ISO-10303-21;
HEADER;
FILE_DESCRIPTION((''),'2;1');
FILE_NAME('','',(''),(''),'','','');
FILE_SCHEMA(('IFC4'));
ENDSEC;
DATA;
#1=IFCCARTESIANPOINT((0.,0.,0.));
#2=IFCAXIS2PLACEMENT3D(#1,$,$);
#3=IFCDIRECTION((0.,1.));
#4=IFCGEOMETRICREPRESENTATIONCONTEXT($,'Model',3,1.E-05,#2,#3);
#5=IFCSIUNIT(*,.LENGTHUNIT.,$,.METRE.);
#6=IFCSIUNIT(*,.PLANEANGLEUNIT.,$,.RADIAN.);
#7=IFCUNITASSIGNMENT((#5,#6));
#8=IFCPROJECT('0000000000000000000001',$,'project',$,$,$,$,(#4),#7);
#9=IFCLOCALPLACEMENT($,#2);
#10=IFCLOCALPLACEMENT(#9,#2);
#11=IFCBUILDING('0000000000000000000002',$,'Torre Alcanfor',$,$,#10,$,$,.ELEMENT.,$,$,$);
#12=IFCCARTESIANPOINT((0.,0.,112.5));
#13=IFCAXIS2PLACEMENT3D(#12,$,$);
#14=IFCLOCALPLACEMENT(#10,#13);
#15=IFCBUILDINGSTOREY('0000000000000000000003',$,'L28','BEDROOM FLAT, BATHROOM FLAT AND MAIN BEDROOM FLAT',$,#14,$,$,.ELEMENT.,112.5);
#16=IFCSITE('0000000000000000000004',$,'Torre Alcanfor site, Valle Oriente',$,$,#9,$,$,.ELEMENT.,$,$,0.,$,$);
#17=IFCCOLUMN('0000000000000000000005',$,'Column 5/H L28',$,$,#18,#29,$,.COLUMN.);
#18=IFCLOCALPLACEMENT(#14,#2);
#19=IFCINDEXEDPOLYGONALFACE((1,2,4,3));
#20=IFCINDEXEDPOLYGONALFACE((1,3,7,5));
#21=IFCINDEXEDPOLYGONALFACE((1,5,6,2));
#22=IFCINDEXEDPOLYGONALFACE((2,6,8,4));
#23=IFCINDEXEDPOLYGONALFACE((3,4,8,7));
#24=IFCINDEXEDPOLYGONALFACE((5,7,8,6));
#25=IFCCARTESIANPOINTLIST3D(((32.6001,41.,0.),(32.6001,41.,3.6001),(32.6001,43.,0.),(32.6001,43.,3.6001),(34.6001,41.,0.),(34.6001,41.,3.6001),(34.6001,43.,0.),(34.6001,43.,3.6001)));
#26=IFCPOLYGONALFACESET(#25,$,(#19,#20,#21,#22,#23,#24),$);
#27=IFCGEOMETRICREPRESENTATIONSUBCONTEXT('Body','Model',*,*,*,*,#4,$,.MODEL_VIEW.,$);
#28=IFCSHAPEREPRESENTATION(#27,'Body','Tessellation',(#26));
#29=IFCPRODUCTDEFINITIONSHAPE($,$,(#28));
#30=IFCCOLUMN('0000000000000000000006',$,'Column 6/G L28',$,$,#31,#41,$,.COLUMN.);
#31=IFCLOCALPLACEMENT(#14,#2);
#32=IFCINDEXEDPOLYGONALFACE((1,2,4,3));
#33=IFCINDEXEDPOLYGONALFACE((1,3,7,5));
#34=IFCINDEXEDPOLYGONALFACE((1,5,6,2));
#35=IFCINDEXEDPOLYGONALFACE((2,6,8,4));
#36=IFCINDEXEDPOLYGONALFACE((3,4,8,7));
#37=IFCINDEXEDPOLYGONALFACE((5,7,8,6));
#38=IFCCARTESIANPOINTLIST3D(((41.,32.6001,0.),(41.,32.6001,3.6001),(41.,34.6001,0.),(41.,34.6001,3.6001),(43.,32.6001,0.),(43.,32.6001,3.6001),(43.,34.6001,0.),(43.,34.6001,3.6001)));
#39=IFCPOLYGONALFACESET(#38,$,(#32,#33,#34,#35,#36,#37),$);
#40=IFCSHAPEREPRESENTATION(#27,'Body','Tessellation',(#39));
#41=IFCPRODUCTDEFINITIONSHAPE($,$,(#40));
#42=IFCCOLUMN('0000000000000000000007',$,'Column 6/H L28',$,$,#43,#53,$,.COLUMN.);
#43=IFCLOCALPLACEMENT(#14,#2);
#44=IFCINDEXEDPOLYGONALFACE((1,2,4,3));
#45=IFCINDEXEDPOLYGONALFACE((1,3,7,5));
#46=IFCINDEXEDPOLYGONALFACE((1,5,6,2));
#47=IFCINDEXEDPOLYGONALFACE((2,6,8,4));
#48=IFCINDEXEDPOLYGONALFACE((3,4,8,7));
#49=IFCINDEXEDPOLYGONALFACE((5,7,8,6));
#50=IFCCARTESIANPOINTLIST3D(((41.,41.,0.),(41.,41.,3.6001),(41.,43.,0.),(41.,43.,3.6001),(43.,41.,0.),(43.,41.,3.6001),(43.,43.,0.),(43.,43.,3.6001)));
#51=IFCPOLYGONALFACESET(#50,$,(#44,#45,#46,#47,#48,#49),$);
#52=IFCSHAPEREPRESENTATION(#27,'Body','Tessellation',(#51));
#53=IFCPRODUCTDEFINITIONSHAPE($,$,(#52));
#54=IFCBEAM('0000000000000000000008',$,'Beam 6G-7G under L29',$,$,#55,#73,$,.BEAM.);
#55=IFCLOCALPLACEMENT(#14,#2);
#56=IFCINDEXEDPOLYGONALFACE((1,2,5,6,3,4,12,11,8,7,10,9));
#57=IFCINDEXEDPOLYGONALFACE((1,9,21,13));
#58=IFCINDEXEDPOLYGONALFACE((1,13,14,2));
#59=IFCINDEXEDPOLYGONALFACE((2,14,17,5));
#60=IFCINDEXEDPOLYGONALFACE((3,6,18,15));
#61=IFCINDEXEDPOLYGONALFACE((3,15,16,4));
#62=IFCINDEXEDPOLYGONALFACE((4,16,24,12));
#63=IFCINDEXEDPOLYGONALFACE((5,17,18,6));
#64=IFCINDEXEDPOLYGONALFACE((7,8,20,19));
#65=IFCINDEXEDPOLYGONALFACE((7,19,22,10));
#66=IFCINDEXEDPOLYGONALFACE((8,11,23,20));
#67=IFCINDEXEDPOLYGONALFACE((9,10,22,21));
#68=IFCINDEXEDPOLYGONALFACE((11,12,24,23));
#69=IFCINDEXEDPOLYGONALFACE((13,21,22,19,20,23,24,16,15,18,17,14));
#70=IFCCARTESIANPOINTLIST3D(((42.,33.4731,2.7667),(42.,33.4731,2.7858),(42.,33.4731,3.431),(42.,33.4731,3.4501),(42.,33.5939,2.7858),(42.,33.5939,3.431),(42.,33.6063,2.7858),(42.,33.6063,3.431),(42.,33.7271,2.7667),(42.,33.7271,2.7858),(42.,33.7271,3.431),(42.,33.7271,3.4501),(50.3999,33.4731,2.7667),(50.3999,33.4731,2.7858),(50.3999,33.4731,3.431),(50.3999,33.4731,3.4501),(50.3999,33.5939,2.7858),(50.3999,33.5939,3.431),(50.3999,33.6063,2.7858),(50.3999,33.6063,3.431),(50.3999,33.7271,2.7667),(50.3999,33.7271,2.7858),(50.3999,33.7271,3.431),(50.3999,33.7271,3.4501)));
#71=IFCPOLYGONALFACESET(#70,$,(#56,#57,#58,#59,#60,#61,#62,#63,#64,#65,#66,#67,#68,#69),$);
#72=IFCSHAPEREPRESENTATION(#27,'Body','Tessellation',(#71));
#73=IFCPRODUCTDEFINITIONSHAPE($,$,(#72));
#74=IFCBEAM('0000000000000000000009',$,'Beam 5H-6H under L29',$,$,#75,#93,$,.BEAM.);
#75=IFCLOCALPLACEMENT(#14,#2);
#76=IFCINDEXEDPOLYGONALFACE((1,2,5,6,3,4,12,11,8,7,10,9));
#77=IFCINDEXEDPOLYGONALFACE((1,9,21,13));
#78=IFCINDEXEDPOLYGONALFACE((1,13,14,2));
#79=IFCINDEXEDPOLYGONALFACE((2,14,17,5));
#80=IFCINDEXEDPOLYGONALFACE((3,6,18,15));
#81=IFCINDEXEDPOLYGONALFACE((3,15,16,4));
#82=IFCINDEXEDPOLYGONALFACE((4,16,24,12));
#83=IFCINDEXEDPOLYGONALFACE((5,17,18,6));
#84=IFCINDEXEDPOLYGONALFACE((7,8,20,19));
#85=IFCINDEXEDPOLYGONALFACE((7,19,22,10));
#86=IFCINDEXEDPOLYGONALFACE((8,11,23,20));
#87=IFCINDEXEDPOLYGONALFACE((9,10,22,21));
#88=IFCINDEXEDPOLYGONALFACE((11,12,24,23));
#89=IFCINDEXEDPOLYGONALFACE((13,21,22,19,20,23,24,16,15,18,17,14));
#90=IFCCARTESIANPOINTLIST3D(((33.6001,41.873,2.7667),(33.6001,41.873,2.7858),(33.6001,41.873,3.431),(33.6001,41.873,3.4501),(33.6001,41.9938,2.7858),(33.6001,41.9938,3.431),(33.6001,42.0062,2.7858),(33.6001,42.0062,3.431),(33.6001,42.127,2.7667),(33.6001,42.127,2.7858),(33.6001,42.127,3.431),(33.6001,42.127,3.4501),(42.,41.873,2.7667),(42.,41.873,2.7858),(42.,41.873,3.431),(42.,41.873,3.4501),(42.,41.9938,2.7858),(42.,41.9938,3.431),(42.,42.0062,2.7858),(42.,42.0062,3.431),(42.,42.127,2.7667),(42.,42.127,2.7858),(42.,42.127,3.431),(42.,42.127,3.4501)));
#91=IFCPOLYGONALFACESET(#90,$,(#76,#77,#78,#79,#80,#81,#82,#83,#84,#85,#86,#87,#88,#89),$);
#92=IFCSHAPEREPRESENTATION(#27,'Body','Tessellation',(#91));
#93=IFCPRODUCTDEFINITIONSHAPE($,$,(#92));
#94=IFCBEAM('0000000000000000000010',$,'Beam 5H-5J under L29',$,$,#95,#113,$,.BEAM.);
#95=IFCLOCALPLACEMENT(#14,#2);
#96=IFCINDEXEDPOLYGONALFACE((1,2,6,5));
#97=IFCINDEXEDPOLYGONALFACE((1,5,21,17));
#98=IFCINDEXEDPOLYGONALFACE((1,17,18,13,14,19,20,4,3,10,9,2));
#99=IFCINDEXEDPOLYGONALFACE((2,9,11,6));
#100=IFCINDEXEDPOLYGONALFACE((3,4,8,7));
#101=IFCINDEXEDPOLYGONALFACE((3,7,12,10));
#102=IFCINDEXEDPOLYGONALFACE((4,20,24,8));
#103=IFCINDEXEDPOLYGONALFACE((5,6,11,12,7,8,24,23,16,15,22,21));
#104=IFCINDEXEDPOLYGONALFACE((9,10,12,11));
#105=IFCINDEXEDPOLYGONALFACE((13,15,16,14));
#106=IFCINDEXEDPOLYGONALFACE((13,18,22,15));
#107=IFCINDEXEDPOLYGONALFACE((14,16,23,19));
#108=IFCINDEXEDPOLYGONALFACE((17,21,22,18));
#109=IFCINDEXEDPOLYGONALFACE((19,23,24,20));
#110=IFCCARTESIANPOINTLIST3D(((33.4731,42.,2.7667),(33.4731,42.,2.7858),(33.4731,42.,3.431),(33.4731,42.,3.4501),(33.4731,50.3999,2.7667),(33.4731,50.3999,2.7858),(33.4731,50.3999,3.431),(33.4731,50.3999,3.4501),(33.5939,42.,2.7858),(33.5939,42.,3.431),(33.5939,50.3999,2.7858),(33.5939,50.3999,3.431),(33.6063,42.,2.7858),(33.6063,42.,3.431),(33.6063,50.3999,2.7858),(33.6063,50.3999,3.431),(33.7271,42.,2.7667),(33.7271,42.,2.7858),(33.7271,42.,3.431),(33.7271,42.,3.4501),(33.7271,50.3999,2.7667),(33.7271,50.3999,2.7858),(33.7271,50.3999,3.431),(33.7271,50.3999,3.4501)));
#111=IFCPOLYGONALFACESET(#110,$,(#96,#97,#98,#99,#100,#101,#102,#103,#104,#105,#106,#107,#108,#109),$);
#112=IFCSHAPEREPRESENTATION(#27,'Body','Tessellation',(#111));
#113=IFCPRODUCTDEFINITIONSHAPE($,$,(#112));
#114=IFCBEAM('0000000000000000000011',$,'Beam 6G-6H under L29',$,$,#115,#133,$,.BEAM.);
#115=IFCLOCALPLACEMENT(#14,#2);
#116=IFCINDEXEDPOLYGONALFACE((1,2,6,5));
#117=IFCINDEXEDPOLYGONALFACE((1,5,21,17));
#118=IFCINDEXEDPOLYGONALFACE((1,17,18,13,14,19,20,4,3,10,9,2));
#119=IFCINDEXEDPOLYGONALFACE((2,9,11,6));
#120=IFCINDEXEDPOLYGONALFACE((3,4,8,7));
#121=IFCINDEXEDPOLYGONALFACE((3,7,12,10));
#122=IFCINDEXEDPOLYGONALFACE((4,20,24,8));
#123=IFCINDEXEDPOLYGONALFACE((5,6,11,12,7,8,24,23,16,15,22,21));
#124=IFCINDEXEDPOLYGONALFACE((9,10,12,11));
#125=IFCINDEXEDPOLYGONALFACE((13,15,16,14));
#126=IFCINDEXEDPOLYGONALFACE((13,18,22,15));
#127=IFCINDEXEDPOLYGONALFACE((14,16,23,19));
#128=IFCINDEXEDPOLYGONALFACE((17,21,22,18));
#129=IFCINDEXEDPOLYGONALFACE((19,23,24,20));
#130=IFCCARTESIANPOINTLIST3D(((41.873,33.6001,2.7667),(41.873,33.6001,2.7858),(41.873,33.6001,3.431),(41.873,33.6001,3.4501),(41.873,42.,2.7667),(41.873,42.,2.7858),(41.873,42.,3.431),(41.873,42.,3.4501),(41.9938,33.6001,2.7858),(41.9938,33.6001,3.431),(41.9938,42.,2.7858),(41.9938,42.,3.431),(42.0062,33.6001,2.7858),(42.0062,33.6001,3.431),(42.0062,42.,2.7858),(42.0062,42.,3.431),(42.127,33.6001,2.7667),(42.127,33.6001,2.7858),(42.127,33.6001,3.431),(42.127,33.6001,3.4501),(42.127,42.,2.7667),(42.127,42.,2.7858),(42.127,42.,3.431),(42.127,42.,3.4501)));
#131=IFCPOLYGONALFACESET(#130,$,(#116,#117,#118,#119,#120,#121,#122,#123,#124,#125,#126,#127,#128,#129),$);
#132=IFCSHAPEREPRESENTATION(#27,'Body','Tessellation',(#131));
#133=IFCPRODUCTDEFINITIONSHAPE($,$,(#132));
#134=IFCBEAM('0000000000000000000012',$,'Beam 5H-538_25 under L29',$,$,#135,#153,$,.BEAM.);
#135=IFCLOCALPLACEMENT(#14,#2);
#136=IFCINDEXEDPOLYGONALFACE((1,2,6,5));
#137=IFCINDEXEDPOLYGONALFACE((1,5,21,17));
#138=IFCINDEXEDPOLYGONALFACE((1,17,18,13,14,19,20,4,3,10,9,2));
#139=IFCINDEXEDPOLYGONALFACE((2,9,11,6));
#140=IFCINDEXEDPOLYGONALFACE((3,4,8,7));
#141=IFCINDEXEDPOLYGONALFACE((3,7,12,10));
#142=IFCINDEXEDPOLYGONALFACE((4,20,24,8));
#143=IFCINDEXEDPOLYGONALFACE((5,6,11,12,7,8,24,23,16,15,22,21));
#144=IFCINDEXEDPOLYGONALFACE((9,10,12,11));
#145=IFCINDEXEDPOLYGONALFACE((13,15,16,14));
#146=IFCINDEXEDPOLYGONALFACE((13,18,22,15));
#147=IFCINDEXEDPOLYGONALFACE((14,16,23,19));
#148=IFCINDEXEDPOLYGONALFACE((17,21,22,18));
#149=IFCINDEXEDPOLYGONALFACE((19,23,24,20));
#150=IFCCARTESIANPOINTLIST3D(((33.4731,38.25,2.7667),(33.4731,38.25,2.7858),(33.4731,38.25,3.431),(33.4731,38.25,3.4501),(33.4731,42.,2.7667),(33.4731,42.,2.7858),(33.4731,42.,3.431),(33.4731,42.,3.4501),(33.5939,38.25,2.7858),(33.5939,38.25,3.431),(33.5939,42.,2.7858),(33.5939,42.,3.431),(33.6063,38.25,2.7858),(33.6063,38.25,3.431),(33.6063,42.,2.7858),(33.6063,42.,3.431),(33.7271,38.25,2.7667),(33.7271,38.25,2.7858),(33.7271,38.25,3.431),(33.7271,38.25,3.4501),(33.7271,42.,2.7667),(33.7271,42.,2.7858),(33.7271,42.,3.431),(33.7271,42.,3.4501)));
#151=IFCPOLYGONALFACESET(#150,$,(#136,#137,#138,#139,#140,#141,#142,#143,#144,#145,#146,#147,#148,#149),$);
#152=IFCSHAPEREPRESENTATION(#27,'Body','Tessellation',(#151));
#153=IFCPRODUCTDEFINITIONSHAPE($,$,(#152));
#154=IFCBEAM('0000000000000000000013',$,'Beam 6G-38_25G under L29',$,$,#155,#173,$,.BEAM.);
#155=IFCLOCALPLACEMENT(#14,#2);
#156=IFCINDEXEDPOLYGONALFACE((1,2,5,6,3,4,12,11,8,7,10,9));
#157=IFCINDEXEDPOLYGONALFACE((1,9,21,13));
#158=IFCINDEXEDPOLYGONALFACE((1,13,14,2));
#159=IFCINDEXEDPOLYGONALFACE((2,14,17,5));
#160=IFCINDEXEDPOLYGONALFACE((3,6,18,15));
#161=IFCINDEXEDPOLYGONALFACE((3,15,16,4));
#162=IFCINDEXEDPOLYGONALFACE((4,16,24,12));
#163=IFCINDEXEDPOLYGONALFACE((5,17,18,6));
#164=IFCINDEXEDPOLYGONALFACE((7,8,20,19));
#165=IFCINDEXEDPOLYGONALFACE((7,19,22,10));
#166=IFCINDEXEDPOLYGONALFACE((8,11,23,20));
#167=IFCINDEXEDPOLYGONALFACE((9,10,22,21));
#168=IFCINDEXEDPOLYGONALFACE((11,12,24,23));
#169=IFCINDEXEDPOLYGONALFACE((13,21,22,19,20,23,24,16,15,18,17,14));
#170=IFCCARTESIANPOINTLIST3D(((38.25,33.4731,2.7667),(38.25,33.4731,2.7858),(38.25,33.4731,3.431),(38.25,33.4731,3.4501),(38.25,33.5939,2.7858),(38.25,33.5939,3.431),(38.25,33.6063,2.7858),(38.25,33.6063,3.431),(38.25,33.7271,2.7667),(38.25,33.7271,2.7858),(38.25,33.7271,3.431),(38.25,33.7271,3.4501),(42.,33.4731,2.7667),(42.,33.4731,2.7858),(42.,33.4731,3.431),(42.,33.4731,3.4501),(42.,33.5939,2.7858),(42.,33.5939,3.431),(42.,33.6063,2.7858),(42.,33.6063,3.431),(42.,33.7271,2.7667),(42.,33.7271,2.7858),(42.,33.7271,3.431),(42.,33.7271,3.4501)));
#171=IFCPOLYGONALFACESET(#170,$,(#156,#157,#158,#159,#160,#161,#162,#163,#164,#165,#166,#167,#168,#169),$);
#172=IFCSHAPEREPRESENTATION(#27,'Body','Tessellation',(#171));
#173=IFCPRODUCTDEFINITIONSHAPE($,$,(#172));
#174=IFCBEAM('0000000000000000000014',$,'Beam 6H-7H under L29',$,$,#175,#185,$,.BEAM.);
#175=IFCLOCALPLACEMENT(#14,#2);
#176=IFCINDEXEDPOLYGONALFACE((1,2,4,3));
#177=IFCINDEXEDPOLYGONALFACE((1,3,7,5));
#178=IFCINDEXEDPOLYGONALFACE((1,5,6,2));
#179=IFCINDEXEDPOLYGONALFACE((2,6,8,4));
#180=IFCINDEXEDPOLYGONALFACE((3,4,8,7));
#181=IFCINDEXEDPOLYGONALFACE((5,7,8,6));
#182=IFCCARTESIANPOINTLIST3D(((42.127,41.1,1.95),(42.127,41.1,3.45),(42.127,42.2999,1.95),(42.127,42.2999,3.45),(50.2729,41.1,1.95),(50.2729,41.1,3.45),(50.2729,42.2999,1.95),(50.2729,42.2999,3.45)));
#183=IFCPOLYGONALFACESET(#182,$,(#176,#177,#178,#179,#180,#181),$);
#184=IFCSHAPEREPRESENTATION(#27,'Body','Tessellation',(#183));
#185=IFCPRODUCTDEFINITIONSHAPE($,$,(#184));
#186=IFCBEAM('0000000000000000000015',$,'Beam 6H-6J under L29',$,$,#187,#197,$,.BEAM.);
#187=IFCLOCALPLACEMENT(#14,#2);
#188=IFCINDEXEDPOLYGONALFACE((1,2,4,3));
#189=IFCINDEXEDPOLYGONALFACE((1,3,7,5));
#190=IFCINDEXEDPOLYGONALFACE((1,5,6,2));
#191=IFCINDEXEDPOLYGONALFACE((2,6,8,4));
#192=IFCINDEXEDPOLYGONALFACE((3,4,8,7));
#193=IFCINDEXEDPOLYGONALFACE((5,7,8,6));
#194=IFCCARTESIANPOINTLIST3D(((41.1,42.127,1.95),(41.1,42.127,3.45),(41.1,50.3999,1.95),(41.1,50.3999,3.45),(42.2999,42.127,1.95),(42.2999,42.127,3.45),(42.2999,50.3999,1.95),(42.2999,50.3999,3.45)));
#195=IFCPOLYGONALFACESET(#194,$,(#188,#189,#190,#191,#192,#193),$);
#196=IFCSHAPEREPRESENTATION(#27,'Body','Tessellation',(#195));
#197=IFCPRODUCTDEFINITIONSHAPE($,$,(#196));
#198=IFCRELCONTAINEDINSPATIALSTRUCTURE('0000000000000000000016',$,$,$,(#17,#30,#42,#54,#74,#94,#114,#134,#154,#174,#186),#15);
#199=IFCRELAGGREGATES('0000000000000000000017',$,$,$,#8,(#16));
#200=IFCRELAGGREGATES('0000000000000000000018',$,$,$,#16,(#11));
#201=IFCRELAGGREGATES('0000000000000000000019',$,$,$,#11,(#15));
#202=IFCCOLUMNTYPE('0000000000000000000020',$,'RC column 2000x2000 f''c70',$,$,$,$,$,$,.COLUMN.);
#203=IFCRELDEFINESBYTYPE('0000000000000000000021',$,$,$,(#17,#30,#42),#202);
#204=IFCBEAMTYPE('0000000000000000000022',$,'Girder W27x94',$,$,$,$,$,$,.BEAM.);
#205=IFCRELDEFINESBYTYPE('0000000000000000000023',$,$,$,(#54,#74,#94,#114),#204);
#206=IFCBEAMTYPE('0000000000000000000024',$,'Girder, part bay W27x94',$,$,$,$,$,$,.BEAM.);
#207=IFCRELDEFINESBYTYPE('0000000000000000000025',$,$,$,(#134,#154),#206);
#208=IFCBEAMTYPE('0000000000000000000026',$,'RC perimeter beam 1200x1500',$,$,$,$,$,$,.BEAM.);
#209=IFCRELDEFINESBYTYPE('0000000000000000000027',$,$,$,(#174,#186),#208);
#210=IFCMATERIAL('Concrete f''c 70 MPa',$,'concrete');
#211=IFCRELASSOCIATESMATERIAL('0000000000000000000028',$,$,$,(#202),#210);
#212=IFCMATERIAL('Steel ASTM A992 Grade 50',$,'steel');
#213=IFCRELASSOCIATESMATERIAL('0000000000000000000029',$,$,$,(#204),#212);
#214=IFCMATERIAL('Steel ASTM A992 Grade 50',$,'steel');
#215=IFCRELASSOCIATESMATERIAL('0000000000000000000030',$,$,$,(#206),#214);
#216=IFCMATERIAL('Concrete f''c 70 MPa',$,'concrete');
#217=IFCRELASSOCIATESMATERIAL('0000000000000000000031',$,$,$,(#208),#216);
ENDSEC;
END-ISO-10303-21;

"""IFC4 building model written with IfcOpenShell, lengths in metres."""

from ifc_helpers import new_model, si_unit, direction, frame, origin, origin_2d, place, context, subcontext, project, spatial, rectangle, i_section, extrude, material, material_profile, profile_set, type_object, element, save


model = new_model("IFC4")

# Units and contexts
model_context = context("Model", 3, precision=1e-05, world=origin(), true_north=direction((0.0, 1.0)))
body_context = subcontext(model_context, "Body", "Model", "MODEL_VIEW")
ifc_project = project(units=[si_unit("LENGTHUNIT", "METRE"), si_unit("PLANEANGLEUNIT", "RADIAN")], contexts=[model_context])

# Site, building, storey
site_placement = place(None, origin())
site = spatial("IfcSite", under=ifc_project, at=site_placement, Name="Torre Alcanfor site, Valle Oriente", CompositionType="ELEMENT", RefElevation=0.0)
building_placement = place(site_placement, origin())
building = spatial("IfcBuilding", under=site, at=building_placement, Name="Torre Alcanfor", CompositionType="ELEMENT")
storey_placement = place(building_placement, frame((0.0, 0.0, 112.5)))
storey = spatial("IfcBuildingStorey", under=building, at=storey_placement, Name="L28", Description="BEDROOM FLAT, BATHROOM FLAT AND MAIN BEDROOM FLAT", CompositionType="ELEMENT", Elevation=112.5)

# Columns
ifc_material_1 = material(Name="Concrete f'c 70 MPa", Category="concrete")
ifc_material_profile_1 = material_profile(ifc_material_1, rectangle(XDim=2.0, YDim=2.0, at=origin_2d()), Name="2000x2000")
ifc_profile_set_1 = profile_set([ifc_material_profile_1], Name="Concrete f'c 70 MPa")
column_type = type_object("IfcColumnType", Name="RC column 2000x2000 f'c70", PredefinedType="COLUMN", material=ifc_profile_set_1)
for number, where, z_axis, x_axis, name in (
    (1, (33.6001, 42.0, 0.0), (0.0, 0.0, 1.0), (1.0, 0.0, 0.0), "Column 5/H L28"),
    (2, (42.0, 33.6001, 0.0), (0.0, 0.0, 1.0), (1.0, 0.0, 0.0), "Column 6/G L28"),
    (3, (42.0, 42.0, 0.0), (0.0, 0.0, 1.0), (1.0, 0.0, 0.0), "Column 6/H L28"),
):
    element("IfcColumn", number, at=place(storey_placement, frame(where, z_axis=z_axis, x_axis=x_axis)), inside=storey, type_object=column_type, Name=name, PredefinedType="COLUMN", context=body_context, shape_type="SweptSolid", body=[
        extrude(rectangle(XDim=2.0, YDim=2.0, at=origin_2d()), origin(), (0.0, 0.0, 1.0), 3.6001),
    ])

# Beams
ifc_material_2 = material(Name="Steel ASTM A992 Grade 50", Category="steel")
ifc_material_profile_2 = material_profile(ifc_material_2, i_section(OverallWidth=0.2539, OverallDepth=0.6833, WebThickness=0.0125, FlangeThickness=0.019, at=origin_2d()), Name="W27x94")
ifc_profile_set_2 = profile_set([ifc_material_profile_2], Name="Steel ASTM A992 Grade 50")
beam_type_1 = type_object("IfcBeamType", Name="Girder W27x94", PredefinedType="BEAM", material=ifc_profile_set_2)
for number, where, z_axis, x_axis, name in (
    (4, (42.0, 33.6001, 3.1084), (1.0, 0.0, 0.0), (0.0, 1.0, 0.0), "Beam 6G-7G under L29"),
    (5, (33.6001, 42.0, 3.1084), (1.0, 0.0, 0.0), (0.0, 1.0, 0.0), "Beam 5H-6H under L29"),
    (6, (33.6001, 42.0, 3.1084), (0.0, 1.0, 0.0), (-1.0, 0.0, 0.0), "Beam 5H-5J under L29"),
    (7, (42.0, 33.6001, 3.1084), (0.0, 1.0, 0.0), (-1.0, 0.0, 0.0), "Beam 6G-6H under L29"),
):
    element("IfcBeam", number, at=place(storey_placement, frame(where, z_axis=z_axis, x_axis=x_axis)), inside=storey, type_object=beam_type_1, Name=name, PredefinedType="BEAM", context=body_context, shape_type="SweptSolid", body=[
        extrude(i_section(OverallWidth=0.2539, OverallDepth=0.6833, WebThickness=0.0125, FlangeThickness=0.019, at=origin_2d()), origin(), (0.0, 0.0, 1.0), 8.3999),
    ])
ifc_material_3 = material(Name="Steel ASTM A992 Grade 50", Category="steel")
ifc_material_profile_3 = material_profile(ifc_material_3, i_section(OverallWidth=0.2539, OverallDepth=0.6833, WebThickness=0.0125, FlangeThickness=0.019, at=origin_2d()), Name="W27x94")
ifc_profile_set_3 = profile_set([ifc_material_profile_3], Name="Steel ASTM A992 Grade 50")
beam_type_2 = type_object("IfcBeamType", Name="Girder, part bay W27x94", PredefinedType="BEAM", material=ifc_profile_set_3)
for number, where, z_axis, x_axis, name in (
    (8, (33.6001, 42.0, 3.1084), (0.0, -1.0, 0.0), (1.0, 0.0, 0.0), "Beam 5H-538_25 under L29"),
    (9, (42.0, 33.6001, 3.1084), (-1.0, 0.0, 0.0), (0.0, -1.0, 0.0), "Beam 6G-38_25G under L29"),
):
    element("IfcBeam", number, at=place(storey_placement, frame(where, z_axis=z_axis, x_axis=x_axis)), inside=storey, type_object=beam_type_2, Name=name, PredefinedType="BEAM", context=body_context, shape_type="SweptSolid", body=[
        extrude(i_section(OverallWidth=0.2539, OverallDepth=0.6833, WebThickness=0.0125, FlangeThickness=0.019, at=origin_2d()), origin(), (0.0, 0.0, 1.0), 3.75),
    ])
ifc_material_4 = material(Name="Concrete f'c 70 MPa", Category="concrete")
ifc_material_profile_4 = material_profile(ifc_material_4, rectangle(XDim=1.2, YDim=1.5, at=origin_2d()), Name="1200x1500")
ifc_profile_set_4 = profile_set([ifc_material_profile_4], Name="Concrete f'c 70 MPa")
beam_type_3 = type_object("IfcBeamType", Name="RC perimeter beam 1200x1500", PredefinedType="BEAM", material=ifc_profile_set_4)
beam_1_placement = place(storey_placement, frame((42.127, 41.7, 2.7), z_axis=(1.0, 0.0, 0.0), x_axis=(0.0, 1.0, 0.0)))
element("IfcBeam", 10, at=beam_1_placement, inside=storey, type_object=beam_type_3, Name="Beam 6H-7H under L29", PredefinedType="BEAM", context=body_context, shape_type="SweptSolid", body=[
    extrude(rectangle(XDim=1.2, YDim=1.5, at=origin_2d()), origin(), (0.0, 0.0, 1.0), 8.146),
])
beam_2_placement = place(storey_placement, frame((41.7, 42.127, 2.7), z_axis=(0.0, 1.0, 0.0), x_axis=(-1.0, 0.0, 0.0)))
element("IfcBeam", 11, at=beam_2_placement, inside=storey, type_object=beam_type_3, Name="Beam 6H-6J under L29", PredefinedType="BEAM", context=body_context, shape_type="SweptSolid", body=[
    extrude(rectangle(XDim=1.2, YDim=1.5, at=origin_2d()), origin(), (0.0, 0.0, 1.0), 8.2729),
])

save(model, "model.ifc")
